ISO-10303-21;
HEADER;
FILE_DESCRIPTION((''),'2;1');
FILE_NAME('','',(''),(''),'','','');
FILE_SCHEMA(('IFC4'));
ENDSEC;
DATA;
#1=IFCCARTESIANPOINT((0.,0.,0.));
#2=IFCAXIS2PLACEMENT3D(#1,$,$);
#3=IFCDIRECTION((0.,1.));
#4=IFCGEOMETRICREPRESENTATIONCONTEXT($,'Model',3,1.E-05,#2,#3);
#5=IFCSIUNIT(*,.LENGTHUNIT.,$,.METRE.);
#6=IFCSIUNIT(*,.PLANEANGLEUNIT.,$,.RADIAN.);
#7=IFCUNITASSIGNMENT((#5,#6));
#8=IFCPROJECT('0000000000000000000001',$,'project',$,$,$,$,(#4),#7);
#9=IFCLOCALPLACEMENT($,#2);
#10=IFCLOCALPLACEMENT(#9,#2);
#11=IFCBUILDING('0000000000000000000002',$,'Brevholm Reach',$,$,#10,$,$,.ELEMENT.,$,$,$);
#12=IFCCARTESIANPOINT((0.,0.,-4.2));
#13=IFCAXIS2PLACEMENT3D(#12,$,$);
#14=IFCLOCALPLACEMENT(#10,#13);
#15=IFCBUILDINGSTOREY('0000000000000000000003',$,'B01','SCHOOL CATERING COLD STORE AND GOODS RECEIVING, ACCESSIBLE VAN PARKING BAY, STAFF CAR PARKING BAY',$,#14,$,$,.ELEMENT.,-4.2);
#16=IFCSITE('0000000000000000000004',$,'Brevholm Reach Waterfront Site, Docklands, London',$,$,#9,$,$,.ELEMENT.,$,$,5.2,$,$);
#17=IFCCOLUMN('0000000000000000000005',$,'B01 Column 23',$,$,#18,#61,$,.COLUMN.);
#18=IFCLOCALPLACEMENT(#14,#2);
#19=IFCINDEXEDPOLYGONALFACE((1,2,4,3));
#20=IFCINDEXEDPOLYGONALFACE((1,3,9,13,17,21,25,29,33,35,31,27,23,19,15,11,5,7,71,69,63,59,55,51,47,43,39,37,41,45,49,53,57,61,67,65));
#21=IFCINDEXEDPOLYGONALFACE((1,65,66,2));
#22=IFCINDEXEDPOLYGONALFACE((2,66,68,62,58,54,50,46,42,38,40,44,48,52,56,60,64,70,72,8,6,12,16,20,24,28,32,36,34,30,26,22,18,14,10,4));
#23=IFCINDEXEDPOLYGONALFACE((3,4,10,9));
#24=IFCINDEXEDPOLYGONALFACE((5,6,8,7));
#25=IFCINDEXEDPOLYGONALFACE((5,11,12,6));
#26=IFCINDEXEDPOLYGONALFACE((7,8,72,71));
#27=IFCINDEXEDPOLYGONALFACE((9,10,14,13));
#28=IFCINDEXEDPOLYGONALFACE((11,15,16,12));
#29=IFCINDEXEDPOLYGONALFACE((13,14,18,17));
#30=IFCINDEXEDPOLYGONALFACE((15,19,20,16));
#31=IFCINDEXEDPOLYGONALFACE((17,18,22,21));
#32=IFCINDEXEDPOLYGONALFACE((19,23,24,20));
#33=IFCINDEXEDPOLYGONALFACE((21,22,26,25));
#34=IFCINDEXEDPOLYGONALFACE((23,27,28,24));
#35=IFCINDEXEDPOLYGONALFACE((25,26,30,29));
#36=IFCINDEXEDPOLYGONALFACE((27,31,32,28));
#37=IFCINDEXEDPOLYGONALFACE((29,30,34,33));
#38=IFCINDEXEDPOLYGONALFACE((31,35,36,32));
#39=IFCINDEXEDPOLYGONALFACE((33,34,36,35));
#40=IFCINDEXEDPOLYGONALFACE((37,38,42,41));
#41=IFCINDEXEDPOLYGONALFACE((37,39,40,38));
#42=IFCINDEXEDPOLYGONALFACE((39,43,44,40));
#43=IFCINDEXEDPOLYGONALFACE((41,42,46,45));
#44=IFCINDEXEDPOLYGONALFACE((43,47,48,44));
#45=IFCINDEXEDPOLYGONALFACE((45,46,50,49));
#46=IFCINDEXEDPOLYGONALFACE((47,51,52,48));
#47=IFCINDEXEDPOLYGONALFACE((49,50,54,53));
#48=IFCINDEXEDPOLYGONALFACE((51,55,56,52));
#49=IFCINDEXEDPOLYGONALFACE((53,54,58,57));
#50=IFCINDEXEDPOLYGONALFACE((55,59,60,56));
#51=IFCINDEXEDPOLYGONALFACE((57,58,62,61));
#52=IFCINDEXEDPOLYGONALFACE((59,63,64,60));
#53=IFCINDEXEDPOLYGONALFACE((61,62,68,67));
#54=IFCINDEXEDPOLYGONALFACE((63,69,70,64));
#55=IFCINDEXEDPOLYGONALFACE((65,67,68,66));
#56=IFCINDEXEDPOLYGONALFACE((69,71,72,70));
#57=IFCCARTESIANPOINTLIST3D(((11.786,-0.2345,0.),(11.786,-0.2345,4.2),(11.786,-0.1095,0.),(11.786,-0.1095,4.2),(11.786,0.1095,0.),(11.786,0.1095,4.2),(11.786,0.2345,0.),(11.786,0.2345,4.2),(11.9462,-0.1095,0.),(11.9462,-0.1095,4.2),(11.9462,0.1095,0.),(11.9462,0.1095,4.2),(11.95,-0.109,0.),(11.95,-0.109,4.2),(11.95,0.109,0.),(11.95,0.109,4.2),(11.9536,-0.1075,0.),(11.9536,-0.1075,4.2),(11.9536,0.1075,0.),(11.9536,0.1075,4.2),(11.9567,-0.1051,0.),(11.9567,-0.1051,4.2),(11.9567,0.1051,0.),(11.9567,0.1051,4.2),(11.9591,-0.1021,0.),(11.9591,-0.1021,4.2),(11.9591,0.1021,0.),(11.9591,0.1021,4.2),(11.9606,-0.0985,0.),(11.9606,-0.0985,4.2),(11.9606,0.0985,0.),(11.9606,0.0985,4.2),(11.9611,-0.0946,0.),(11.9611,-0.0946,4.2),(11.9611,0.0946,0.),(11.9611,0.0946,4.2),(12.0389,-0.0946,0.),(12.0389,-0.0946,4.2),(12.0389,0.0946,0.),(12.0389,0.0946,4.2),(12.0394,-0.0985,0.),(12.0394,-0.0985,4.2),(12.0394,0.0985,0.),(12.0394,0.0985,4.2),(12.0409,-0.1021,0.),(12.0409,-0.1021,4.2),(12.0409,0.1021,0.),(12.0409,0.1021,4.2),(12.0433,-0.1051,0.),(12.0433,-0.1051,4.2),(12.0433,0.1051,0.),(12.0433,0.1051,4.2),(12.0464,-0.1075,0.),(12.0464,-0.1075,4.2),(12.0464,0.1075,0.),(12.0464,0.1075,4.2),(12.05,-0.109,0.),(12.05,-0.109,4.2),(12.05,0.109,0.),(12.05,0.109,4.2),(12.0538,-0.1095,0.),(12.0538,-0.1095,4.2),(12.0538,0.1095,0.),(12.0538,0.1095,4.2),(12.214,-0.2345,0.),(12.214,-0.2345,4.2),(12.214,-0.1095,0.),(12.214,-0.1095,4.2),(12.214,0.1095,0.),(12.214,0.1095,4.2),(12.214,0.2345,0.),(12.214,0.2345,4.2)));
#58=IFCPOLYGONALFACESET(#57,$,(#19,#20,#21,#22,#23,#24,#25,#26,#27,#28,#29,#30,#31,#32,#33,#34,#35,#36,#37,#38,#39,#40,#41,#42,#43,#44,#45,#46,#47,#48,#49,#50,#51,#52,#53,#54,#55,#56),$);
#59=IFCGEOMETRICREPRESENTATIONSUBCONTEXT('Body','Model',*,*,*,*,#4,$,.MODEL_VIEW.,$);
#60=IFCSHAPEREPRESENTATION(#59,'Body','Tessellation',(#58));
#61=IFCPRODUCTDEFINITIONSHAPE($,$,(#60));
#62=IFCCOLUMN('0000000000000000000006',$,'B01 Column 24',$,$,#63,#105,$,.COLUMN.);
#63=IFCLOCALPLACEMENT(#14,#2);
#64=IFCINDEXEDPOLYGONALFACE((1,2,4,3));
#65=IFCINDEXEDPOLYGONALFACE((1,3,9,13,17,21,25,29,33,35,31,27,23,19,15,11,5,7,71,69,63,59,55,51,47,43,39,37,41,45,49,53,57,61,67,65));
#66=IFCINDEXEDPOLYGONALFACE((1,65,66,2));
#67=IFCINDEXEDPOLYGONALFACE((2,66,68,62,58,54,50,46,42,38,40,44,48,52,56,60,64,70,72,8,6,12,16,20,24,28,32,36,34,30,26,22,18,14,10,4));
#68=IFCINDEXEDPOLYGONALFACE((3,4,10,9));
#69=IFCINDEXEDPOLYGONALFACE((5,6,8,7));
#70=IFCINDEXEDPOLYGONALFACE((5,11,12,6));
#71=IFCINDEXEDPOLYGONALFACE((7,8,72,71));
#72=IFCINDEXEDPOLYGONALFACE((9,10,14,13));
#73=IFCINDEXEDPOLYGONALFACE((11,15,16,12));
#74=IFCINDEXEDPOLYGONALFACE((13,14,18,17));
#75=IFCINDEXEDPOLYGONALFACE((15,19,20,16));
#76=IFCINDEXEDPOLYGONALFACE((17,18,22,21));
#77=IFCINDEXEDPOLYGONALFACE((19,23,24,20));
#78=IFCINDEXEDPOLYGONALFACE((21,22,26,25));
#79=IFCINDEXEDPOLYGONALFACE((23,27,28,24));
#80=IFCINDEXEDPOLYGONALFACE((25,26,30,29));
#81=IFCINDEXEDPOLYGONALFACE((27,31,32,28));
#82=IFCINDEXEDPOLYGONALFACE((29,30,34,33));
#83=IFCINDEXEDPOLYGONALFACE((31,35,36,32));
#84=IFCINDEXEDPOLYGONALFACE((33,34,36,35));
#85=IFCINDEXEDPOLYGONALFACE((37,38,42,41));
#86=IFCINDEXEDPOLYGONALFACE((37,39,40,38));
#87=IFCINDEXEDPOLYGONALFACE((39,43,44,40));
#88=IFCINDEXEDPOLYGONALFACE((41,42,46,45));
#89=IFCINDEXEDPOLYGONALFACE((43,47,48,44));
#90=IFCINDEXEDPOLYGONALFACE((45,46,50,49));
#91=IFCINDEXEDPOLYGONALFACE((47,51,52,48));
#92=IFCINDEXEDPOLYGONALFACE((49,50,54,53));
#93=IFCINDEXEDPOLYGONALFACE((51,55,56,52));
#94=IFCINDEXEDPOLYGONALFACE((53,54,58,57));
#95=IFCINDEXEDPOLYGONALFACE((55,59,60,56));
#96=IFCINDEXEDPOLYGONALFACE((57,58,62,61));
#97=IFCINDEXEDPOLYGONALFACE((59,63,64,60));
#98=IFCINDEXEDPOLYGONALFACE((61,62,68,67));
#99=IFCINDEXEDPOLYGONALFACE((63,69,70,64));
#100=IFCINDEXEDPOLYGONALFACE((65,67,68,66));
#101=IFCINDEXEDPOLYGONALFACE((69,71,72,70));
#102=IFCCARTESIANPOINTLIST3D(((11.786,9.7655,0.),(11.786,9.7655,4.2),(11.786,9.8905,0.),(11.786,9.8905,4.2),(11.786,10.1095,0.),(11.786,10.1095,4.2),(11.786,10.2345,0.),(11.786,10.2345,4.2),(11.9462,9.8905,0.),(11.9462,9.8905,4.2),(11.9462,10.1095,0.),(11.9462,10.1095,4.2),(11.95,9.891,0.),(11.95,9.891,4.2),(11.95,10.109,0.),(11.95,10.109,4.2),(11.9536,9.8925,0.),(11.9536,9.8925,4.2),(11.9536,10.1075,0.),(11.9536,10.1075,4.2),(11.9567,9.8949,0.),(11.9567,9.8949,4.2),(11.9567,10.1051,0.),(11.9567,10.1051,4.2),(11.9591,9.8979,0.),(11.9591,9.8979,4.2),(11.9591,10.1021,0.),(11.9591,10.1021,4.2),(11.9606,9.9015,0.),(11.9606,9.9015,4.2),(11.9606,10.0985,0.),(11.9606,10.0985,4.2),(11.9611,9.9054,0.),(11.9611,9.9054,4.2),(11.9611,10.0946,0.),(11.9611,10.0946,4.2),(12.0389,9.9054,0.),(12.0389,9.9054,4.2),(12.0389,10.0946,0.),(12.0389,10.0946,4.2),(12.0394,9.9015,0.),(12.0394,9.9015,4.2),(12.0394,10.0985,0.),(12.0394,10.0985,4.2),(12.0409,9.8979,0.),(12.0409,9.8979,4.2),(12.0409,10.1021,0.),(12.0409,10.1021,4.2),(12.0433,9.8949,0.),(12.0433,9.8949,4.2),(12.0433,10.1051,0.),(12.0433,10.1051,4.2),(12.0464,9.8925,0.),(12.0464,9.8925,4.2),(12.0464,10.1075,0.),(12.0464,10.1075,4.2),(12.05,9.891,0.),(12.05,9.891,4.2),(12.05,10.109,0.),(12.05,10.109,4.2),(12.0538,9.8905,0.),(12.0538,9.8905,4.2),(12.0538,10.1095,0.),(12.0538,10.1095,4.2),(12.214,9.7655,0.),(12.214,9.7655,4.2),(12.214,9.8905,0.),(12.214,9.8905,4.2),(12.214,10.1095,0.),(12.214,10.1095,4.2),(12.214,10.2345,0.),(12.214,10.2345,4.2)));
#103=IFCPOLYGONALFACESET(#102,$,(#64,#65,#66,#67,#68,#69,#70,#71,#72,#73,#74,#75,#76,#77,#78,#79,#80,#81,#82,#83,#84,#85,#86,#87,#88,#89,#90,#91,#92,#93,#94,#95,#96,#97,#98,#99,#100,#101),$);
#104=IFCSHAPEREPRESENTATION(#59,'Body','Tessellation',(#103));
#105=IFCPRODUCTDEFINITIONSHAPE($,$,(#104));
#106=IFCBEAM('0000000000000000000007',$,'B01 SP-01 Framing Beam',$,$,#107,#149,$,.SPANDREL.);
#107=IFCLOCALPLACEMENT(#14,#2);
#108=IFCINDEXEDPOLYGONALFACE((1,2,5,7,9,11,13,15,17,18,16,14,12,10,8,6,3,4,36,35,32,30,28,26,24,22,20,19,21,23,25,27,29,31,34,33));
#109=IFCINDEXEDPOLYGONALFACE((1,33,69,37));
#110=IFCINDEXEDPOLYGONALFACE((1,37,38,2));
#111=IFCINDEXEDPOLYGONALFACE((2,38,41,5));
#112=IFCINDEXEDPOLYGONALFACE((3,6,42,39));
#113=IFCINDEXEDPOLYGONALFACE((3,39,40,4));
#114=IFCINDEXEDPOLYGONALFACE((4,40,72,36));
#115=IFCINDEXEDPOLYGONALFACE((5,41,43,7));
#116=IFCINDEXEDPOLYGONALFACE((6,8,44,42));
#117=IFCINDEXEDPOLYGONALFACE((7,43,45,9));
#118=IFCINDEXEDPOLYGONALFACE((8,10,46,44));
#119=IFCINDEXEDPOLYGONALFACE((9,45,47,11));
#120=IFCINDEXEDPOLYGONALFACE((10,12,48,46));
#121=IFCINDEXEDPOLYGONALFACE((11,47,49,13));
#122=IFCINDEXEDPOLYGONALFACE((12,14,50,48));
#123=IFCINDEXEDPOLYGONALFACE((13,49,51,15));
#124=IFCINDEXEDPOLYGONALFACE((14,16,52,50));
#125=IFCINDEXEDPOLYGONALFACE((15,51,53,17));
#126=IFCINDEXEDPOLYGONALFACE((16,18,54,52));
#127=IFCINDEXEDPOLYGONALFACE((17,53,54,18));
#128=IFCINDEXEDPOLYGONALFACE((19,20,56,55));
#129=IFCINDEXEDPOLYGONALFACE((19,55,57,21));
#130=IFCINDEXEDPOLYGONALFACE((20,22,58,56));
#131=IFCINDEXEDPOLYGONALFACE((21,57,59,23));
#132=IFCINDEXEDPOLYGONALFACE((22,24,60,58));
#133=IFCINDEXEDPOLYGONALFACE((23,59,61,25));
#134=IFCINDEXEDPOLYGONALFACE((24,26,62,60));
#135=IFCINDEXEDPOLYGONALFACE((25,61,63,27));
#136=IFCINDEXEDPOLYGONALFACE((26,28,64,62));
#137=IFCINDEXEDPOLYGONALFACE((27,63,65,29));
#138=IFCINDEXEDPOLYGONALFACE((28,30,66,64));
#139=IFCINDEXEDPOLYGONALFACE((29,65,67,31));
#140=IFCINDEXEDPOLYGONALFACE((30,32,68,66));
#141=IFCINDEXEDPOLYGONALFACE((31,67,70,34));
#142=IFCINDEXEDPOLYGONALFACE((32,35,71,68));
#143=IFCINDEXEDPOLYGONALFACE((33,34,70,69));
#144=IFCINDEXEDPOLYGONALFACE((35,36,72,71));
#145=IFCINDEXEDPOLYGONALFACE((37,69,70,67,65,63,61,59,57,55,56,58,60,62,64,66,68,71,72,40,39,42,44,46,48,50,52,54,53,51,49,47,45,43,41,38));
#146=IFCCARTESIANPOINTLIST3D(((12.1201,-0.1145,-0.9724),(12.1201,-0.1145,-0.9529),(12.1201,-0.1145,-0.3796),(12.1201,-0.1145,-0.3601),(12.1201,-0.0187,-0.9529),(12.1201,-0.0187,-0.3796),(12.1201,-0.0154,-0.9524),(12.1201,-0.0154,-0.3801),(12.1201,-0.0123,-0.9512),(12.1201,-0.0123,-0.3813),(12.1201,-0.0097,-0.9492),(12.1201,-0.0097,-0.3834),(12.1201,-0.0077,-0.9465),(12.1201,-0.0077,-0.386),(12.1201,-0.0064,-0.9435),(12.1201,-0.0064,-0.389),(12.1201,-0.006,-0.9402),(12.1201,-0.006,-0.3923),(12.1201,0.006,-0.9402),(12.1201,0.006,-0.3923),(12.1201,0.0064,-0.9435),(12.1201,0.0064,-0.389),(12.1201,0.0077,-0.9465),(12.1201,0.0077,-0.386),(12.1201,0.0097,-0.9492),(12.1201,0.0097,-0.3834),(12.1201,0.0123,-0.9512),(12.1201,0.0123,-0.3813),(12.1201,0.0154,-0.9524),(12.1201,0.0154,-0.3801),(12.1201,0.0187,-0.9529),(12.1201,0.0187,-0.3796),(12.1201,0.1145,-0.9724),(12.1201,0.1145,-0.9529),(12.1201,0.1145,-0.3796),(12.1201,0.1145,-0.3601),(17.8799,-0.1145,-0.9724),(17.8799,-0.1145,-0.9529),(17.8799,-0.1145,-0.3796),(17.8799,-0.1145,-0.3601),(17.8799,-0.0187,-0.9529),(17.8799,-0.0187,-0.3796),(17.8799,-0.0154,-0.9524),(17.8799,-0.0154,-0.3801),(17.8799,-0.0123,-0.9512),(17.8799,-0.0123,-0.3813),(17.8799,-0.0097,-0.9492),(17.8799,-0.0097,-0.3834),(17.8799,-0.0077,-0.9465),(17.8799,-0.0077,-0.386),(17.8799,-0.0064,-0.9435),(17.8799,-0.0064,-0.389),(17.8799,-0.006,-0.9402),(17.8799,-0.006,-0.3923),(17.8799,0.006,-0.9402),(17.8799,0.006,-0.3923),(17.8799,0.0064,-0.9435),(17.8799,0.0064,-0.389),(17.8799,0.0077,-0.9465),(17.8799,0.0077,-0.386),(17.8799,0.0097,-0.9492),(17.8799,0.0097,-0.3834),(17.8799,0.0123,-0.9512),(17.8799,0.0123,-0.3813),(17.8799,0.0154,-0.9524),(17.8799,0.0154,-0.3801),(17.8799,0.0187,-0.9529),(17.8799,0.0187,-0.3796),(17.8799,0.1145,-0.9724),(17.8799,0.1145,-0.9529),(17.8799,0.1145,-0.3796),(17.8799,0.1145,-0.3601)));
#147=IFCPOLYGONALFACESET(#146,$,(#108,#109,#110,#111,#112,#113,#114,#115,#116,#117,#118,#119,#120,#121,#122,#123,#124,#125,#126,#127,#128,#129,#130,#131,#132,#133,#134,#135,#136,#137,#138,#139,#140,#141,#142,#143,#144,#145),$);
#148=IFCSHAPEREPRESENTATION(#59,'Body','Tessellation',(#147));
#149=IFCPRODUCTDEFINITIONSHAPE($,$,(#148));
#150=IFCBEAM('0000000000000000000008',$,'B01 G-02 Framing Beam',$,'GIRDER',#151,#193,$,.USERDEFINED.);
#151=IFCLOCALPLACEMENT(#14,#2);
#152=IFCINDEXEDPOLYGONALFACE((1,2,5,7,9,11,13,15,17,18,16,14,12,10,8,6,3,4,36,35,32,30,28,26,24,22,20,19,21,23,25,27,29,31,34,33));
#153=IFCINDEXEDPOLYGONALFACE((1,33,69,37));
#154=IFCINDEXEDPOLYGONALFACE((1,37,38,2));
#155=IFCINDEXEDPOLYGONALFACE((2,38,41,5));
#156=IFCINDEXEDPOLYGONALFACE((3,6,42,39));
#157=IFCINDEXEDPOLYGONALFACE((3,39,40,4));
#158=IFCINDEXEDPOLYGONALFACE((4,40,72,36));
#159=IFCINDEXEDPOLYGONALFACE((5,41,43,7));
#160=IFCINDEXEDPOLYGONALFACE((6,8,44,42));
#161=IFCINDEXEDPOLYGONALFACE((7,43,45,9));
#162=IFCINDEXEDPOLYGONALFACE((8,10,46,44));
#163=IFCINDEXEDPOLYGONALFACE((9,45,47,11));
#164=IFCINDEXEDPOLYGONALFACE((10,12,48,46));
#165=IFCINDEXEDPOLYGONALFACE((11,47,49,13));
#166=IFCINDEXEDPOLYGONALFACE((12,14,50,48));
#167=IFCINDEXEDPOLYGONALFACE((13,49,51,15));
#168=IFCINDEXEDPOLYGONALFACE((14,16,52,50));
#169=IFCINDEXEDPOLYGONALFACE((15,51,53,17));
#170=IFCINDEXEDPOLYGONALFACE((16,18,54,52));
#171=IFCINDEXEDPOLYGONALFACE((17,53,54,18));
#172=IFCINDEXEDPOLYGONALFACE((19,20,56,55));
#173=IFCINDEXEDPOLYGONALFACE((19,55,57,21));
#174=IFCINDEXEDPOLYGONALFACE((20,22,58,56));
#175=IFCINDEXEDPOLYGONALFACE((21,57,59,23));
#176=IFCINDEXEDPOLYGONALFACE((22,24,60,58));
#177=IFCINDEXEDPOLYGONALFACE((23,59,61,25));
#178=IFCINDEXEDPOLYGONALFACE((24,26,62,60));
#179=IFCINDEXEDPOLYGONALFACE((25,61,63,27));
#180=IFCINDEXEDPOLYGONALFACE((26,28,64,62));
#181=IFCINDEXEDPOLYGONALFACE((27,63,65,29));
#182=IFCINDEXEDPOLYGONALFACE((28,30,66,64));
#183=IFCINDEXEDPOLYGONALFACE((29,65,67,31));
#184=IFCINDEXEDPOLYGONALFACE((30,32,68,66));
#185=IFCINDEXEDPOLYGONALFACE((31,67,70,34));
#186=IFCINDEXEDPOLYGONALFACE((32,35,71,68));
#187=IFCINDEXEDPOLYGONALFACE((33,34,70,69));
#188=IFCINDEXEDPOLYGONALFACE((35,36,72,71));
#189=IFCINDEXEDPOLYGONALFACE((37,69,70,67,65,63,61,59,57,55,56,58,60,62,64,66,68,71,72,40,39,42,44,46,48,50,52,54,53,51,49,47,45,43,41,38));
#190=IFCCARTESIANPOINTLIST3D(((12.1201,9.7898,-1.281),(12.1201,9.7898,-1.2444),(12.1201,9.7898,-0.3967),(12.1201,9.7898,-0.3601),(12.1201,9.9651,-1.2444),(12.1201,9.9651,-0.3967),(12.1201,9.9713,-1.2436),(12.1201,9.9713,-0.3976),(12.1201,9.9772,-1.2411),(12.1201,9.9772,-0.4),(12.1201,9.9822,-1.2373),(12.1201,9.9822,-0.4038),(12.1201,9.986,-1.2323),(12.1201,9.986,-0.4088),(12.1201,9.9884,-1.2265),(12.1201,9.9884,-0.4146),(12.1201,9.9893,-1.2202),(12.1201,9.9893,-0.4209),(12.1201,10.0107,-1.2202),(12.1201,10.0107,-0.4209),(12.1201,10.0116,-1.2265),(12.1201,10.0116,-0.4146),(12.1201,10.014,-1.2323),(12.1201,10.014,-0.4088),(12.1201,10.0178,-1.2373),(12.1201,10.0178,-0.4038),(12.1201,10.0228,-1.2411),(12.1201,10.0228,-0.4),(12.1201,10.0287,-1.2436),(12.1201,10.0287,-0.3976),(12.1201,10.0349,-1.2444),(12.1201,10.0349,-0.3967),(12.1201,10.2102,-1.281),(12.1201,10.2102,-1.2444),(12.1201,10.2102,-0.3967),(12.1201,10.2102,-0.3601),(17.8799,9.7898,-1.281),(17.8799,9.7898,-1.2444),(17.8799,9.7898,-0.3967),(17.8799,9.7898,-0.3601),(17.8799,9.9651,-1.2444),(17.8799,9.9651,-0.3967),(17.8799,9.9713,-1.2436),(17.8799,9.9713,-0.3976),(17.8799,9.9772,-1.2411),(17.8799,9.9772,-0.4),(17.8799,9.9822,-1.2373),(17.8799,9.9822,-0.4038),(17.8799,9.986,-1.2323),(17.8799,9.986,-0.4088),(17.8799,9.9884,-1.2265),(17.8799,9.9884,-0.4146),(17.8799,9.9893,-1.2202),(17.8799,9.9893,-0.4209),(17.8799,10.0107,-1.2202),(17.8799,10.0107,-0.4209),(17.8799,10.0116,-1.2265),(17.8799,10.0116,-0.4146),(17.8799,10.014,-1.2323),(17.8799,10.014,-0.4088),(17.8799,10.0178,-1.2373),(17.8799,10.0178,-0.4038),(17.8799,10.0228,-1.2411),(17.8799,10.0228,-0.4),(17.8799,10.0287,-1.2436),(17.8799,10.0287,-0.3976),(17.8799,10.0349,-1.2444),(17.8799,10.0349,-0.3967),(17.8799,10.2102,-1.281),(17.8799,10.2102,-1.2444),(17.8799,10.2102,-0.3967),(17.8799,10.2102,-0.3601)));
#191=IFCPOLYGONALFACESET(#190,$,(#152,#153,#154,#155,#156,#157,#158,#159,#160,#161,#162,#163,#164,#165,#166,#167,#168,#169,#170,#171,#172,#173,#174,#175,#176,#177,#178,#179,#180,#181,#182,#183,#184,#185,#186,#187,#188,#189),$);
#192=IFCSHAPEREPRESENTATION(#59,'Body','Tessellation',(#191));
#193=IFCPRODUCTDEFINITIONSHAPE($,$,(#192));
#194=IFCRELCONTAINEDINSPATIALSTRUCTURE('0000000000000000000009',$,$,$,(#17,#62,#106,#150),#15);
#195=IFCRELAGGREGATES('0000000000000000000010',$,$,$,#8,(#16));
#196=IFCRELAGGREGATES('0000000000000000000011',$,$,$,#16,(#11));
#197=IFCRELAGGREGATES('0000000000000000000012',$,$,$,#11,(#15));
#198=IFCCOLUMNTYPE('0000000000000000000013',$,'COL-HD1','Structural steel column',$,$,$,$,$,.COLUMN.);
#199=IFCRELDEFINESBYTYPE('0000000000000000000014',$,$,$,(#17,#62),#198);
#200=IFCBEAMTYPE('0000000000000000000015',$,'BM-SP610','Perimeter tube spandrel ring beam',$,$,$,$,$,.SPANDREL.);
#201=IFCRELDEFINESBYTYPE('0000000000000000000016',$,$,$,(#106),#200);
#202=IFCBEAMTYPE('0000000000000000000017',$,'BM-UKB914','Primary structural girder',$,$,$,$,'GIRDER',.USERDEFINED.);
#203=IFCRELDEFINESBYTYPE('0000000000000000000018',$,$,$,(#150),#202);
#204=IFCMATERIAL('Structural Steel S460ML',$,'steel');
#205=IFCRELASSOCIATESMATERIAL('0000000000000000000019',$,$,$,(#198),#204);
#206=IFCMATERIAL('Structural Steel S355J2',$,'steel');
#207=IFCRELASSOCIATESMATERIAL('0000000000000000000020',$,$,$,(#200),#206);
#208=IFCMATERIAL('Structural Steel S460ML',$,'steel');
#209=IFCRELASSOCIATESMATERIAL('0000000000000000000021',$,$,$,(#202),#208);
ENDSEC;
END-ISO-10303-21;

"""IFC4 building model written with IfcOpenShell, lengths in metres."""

from ifc_helpers import new_model, si_unit, direction, frame, origin, origin_2d, place, context, subcontext, project, spatial, i_section, extrude, material, material_profile, profile_set, type_object, element, save


model = new_model("IFC4")

# Units and contexts
model_context = context("Model", 3, precision=1e-05, world=origin(), true_north=direction((0.0, 1.0)))
body_context = subcontext(model_context, "Body", "Model", "MODEL_VIEW")
ifc_project = project(units=[si_unit("LENGTHUNIT", "METRE"), si_unit("PLANEANGLEUNIT", "RADIAN")], contexts=[model_context])

# Site, building, storey
site_placement = place(None, origin())
site = spatial("IfcSite", under=ifc_project, at=site_placement, Name="Brevholm Reach Waterfront Site, Docklands, London", CompositionType="ELEMENT", RefElevation=5.2)
building_placement = place(site_placement, origin())
building = spatial("IfcBuilding", under=site, at=building_placement, Name="Brevholm Reach", CompositionType="ELEMENT")
storey_placement = place(building_placement, frame((0.0, 0.0, -4.2)))
storey = spatial("IfcBuildingStorey", under=building, at=storey_placement, Name="B01", Description="SCHOOL CATERING COLD STORE AND GOODS RECEIVING, ACCESSIBLE VAN PARKING BAY, STAFF CAR PARKING BAY", CompositionType="ELEMENT", Elevation=-4.2)

# Columns
ifc_material_1 = material(Name="Structural Steel S460ML", Category="steel")
ifc_material_profile_1 = material_profile(ifc_material_1, i_section(OverallWidth=0.428, OverallDepth=0.469, WebThickness=0.0779, FlangeThickness=0.125, FilletRadius=0.0149, at=origin_2d()), Name="HD 400x1086")
ifc_profile_set_1 = profile_set([ifc_material_profile_1], Name="Structural Steel S460ML")
column_type = type_object("IfcColumnType", Name="COL-HD1", Description="Structural steel column", PredefinedType="COLUMN", material=ifc_profile_set_1)
for number, where, z_axis, x_axis, name in (
    (1, (12.0, 0.0, 0.0), (0.0, 0.0, 1.0), (1.0, 0.0, 0.0), "B01 Column 23"),
    (2, (12.0, 10.0, 0.0), (0.0, 0.0, 1.0), (1.0, 0.0, 0.0), "B01 Column 24"),
):
    element("IfcColumn", number, at=place(storey_placement, frame(where, z_axis=z_axis, x_axis=x_axis)), inside=storey, type_object=column_type, Name=name, PredefinedType="COLUMN", context=body_context, shape_type="SweptSolid", body=[
        extrude(i_section(OverallWidth=0.428, OverallDepth=0.469, WebThickness=0.0779, FlangeThickness=0.125, FilletRadius=0.0149, at=origin_2d()), origin(), (0.0, 0.0, 1.0), 4.2),
    ])

# Beams
ifc_material_2 = material(Name="Structural Steel S355J2", Category="steel")
ifc_material_profile_2 = material_profile(ifc_material_2, i_section(OverallWidth=0.229, OverallDepth=0.6123, WebThickness=0.012, FlangeThickness=0.0195, FilletRadius=0.0127, at=origin_2d()), Name="UKB 610x229x125")
ifc_profile_set_2 = profile_set([ifc_material_profile_2], Name="Structural Steel S355J2")
beam_type_1 = type_object("IfcBeamType", Name="BM-SP610", Description="Perimeter tube spandrel ring beam", PredefinedType="SPANDREL", material=ifc_profile_set_2)
beam_1_placement = place(storey_placement, frame((12.1201, 0.0, -0.6663), z_axis=(1.0, 0.0, 0.0), x_axis=(0.0, 1.0, 0.0)))
element("IfcBeam", 3, at=beam_1_placement, inside=storey, type_object=beam_type_1, Name="B01 SP-01 Framing Beam", PredefinedType="SPANDREL", context=body_context, shape_type="SweptSolid", body=[
    extrude(i_section(OverallWidth=0.229, OverallDepth=0.6123, WebThickness=0.012, FlangeThickness=0.0195, FilletRadius=0.0127, at=origin_2d()), origin(), (0.0, 0.0, 1.0), 5.7598),
])
ifc_material_3 = material(Name="Structural Steel S460ML", Category="steel")
ifc_material_profile_3 = material_profile(ifc_material_3, i_section(OverallWidth=0.4204, OverallDepth=0.9209, WebThickness=0.0215, FlangeThickness=0.0366, FilletRadius=0.0242, at=origin_2d()), Name="UKB 914x419x388")
ifc_profile_set_3 = profile_set([ifc_material_profile_3], Name="Structural Steel S460ML")
beam_type_2 = type_object("IfcBeamType", Name="BM-UKB914", Description="Primary structural girder", ElementType="GIRDER", PredefinedType="USERDEFINED", material=ifc_profile_set_3)
beam_2_placement = place(storey_placement, frame((12.1201, 10.0, -0.8206), z_axis=(1.0, 0.0, 0.0), x_axis=(0.0, 1.0, 0.0)))
element("IfcBeam", 4, at=beam_2_placement, inside=storey, type_object=beam_type_2, Name="B01 G-02 Framing Beam", ObjectType="GIRDER", PredefinedType="USERDEFINED", context=body_context, shape_type="SweptSolid", body=[
    extrude(i_section(OverallWidth=0.4204, OverallDepth=0.9209, WebThickness=0.0215, FlangeThickness=0.0366, FilletRadius=0.0242, at=origin_2d()), origin(), (0.0, 0.0, 1.0), 5.7598),
])

save(model, "model.ifc")
